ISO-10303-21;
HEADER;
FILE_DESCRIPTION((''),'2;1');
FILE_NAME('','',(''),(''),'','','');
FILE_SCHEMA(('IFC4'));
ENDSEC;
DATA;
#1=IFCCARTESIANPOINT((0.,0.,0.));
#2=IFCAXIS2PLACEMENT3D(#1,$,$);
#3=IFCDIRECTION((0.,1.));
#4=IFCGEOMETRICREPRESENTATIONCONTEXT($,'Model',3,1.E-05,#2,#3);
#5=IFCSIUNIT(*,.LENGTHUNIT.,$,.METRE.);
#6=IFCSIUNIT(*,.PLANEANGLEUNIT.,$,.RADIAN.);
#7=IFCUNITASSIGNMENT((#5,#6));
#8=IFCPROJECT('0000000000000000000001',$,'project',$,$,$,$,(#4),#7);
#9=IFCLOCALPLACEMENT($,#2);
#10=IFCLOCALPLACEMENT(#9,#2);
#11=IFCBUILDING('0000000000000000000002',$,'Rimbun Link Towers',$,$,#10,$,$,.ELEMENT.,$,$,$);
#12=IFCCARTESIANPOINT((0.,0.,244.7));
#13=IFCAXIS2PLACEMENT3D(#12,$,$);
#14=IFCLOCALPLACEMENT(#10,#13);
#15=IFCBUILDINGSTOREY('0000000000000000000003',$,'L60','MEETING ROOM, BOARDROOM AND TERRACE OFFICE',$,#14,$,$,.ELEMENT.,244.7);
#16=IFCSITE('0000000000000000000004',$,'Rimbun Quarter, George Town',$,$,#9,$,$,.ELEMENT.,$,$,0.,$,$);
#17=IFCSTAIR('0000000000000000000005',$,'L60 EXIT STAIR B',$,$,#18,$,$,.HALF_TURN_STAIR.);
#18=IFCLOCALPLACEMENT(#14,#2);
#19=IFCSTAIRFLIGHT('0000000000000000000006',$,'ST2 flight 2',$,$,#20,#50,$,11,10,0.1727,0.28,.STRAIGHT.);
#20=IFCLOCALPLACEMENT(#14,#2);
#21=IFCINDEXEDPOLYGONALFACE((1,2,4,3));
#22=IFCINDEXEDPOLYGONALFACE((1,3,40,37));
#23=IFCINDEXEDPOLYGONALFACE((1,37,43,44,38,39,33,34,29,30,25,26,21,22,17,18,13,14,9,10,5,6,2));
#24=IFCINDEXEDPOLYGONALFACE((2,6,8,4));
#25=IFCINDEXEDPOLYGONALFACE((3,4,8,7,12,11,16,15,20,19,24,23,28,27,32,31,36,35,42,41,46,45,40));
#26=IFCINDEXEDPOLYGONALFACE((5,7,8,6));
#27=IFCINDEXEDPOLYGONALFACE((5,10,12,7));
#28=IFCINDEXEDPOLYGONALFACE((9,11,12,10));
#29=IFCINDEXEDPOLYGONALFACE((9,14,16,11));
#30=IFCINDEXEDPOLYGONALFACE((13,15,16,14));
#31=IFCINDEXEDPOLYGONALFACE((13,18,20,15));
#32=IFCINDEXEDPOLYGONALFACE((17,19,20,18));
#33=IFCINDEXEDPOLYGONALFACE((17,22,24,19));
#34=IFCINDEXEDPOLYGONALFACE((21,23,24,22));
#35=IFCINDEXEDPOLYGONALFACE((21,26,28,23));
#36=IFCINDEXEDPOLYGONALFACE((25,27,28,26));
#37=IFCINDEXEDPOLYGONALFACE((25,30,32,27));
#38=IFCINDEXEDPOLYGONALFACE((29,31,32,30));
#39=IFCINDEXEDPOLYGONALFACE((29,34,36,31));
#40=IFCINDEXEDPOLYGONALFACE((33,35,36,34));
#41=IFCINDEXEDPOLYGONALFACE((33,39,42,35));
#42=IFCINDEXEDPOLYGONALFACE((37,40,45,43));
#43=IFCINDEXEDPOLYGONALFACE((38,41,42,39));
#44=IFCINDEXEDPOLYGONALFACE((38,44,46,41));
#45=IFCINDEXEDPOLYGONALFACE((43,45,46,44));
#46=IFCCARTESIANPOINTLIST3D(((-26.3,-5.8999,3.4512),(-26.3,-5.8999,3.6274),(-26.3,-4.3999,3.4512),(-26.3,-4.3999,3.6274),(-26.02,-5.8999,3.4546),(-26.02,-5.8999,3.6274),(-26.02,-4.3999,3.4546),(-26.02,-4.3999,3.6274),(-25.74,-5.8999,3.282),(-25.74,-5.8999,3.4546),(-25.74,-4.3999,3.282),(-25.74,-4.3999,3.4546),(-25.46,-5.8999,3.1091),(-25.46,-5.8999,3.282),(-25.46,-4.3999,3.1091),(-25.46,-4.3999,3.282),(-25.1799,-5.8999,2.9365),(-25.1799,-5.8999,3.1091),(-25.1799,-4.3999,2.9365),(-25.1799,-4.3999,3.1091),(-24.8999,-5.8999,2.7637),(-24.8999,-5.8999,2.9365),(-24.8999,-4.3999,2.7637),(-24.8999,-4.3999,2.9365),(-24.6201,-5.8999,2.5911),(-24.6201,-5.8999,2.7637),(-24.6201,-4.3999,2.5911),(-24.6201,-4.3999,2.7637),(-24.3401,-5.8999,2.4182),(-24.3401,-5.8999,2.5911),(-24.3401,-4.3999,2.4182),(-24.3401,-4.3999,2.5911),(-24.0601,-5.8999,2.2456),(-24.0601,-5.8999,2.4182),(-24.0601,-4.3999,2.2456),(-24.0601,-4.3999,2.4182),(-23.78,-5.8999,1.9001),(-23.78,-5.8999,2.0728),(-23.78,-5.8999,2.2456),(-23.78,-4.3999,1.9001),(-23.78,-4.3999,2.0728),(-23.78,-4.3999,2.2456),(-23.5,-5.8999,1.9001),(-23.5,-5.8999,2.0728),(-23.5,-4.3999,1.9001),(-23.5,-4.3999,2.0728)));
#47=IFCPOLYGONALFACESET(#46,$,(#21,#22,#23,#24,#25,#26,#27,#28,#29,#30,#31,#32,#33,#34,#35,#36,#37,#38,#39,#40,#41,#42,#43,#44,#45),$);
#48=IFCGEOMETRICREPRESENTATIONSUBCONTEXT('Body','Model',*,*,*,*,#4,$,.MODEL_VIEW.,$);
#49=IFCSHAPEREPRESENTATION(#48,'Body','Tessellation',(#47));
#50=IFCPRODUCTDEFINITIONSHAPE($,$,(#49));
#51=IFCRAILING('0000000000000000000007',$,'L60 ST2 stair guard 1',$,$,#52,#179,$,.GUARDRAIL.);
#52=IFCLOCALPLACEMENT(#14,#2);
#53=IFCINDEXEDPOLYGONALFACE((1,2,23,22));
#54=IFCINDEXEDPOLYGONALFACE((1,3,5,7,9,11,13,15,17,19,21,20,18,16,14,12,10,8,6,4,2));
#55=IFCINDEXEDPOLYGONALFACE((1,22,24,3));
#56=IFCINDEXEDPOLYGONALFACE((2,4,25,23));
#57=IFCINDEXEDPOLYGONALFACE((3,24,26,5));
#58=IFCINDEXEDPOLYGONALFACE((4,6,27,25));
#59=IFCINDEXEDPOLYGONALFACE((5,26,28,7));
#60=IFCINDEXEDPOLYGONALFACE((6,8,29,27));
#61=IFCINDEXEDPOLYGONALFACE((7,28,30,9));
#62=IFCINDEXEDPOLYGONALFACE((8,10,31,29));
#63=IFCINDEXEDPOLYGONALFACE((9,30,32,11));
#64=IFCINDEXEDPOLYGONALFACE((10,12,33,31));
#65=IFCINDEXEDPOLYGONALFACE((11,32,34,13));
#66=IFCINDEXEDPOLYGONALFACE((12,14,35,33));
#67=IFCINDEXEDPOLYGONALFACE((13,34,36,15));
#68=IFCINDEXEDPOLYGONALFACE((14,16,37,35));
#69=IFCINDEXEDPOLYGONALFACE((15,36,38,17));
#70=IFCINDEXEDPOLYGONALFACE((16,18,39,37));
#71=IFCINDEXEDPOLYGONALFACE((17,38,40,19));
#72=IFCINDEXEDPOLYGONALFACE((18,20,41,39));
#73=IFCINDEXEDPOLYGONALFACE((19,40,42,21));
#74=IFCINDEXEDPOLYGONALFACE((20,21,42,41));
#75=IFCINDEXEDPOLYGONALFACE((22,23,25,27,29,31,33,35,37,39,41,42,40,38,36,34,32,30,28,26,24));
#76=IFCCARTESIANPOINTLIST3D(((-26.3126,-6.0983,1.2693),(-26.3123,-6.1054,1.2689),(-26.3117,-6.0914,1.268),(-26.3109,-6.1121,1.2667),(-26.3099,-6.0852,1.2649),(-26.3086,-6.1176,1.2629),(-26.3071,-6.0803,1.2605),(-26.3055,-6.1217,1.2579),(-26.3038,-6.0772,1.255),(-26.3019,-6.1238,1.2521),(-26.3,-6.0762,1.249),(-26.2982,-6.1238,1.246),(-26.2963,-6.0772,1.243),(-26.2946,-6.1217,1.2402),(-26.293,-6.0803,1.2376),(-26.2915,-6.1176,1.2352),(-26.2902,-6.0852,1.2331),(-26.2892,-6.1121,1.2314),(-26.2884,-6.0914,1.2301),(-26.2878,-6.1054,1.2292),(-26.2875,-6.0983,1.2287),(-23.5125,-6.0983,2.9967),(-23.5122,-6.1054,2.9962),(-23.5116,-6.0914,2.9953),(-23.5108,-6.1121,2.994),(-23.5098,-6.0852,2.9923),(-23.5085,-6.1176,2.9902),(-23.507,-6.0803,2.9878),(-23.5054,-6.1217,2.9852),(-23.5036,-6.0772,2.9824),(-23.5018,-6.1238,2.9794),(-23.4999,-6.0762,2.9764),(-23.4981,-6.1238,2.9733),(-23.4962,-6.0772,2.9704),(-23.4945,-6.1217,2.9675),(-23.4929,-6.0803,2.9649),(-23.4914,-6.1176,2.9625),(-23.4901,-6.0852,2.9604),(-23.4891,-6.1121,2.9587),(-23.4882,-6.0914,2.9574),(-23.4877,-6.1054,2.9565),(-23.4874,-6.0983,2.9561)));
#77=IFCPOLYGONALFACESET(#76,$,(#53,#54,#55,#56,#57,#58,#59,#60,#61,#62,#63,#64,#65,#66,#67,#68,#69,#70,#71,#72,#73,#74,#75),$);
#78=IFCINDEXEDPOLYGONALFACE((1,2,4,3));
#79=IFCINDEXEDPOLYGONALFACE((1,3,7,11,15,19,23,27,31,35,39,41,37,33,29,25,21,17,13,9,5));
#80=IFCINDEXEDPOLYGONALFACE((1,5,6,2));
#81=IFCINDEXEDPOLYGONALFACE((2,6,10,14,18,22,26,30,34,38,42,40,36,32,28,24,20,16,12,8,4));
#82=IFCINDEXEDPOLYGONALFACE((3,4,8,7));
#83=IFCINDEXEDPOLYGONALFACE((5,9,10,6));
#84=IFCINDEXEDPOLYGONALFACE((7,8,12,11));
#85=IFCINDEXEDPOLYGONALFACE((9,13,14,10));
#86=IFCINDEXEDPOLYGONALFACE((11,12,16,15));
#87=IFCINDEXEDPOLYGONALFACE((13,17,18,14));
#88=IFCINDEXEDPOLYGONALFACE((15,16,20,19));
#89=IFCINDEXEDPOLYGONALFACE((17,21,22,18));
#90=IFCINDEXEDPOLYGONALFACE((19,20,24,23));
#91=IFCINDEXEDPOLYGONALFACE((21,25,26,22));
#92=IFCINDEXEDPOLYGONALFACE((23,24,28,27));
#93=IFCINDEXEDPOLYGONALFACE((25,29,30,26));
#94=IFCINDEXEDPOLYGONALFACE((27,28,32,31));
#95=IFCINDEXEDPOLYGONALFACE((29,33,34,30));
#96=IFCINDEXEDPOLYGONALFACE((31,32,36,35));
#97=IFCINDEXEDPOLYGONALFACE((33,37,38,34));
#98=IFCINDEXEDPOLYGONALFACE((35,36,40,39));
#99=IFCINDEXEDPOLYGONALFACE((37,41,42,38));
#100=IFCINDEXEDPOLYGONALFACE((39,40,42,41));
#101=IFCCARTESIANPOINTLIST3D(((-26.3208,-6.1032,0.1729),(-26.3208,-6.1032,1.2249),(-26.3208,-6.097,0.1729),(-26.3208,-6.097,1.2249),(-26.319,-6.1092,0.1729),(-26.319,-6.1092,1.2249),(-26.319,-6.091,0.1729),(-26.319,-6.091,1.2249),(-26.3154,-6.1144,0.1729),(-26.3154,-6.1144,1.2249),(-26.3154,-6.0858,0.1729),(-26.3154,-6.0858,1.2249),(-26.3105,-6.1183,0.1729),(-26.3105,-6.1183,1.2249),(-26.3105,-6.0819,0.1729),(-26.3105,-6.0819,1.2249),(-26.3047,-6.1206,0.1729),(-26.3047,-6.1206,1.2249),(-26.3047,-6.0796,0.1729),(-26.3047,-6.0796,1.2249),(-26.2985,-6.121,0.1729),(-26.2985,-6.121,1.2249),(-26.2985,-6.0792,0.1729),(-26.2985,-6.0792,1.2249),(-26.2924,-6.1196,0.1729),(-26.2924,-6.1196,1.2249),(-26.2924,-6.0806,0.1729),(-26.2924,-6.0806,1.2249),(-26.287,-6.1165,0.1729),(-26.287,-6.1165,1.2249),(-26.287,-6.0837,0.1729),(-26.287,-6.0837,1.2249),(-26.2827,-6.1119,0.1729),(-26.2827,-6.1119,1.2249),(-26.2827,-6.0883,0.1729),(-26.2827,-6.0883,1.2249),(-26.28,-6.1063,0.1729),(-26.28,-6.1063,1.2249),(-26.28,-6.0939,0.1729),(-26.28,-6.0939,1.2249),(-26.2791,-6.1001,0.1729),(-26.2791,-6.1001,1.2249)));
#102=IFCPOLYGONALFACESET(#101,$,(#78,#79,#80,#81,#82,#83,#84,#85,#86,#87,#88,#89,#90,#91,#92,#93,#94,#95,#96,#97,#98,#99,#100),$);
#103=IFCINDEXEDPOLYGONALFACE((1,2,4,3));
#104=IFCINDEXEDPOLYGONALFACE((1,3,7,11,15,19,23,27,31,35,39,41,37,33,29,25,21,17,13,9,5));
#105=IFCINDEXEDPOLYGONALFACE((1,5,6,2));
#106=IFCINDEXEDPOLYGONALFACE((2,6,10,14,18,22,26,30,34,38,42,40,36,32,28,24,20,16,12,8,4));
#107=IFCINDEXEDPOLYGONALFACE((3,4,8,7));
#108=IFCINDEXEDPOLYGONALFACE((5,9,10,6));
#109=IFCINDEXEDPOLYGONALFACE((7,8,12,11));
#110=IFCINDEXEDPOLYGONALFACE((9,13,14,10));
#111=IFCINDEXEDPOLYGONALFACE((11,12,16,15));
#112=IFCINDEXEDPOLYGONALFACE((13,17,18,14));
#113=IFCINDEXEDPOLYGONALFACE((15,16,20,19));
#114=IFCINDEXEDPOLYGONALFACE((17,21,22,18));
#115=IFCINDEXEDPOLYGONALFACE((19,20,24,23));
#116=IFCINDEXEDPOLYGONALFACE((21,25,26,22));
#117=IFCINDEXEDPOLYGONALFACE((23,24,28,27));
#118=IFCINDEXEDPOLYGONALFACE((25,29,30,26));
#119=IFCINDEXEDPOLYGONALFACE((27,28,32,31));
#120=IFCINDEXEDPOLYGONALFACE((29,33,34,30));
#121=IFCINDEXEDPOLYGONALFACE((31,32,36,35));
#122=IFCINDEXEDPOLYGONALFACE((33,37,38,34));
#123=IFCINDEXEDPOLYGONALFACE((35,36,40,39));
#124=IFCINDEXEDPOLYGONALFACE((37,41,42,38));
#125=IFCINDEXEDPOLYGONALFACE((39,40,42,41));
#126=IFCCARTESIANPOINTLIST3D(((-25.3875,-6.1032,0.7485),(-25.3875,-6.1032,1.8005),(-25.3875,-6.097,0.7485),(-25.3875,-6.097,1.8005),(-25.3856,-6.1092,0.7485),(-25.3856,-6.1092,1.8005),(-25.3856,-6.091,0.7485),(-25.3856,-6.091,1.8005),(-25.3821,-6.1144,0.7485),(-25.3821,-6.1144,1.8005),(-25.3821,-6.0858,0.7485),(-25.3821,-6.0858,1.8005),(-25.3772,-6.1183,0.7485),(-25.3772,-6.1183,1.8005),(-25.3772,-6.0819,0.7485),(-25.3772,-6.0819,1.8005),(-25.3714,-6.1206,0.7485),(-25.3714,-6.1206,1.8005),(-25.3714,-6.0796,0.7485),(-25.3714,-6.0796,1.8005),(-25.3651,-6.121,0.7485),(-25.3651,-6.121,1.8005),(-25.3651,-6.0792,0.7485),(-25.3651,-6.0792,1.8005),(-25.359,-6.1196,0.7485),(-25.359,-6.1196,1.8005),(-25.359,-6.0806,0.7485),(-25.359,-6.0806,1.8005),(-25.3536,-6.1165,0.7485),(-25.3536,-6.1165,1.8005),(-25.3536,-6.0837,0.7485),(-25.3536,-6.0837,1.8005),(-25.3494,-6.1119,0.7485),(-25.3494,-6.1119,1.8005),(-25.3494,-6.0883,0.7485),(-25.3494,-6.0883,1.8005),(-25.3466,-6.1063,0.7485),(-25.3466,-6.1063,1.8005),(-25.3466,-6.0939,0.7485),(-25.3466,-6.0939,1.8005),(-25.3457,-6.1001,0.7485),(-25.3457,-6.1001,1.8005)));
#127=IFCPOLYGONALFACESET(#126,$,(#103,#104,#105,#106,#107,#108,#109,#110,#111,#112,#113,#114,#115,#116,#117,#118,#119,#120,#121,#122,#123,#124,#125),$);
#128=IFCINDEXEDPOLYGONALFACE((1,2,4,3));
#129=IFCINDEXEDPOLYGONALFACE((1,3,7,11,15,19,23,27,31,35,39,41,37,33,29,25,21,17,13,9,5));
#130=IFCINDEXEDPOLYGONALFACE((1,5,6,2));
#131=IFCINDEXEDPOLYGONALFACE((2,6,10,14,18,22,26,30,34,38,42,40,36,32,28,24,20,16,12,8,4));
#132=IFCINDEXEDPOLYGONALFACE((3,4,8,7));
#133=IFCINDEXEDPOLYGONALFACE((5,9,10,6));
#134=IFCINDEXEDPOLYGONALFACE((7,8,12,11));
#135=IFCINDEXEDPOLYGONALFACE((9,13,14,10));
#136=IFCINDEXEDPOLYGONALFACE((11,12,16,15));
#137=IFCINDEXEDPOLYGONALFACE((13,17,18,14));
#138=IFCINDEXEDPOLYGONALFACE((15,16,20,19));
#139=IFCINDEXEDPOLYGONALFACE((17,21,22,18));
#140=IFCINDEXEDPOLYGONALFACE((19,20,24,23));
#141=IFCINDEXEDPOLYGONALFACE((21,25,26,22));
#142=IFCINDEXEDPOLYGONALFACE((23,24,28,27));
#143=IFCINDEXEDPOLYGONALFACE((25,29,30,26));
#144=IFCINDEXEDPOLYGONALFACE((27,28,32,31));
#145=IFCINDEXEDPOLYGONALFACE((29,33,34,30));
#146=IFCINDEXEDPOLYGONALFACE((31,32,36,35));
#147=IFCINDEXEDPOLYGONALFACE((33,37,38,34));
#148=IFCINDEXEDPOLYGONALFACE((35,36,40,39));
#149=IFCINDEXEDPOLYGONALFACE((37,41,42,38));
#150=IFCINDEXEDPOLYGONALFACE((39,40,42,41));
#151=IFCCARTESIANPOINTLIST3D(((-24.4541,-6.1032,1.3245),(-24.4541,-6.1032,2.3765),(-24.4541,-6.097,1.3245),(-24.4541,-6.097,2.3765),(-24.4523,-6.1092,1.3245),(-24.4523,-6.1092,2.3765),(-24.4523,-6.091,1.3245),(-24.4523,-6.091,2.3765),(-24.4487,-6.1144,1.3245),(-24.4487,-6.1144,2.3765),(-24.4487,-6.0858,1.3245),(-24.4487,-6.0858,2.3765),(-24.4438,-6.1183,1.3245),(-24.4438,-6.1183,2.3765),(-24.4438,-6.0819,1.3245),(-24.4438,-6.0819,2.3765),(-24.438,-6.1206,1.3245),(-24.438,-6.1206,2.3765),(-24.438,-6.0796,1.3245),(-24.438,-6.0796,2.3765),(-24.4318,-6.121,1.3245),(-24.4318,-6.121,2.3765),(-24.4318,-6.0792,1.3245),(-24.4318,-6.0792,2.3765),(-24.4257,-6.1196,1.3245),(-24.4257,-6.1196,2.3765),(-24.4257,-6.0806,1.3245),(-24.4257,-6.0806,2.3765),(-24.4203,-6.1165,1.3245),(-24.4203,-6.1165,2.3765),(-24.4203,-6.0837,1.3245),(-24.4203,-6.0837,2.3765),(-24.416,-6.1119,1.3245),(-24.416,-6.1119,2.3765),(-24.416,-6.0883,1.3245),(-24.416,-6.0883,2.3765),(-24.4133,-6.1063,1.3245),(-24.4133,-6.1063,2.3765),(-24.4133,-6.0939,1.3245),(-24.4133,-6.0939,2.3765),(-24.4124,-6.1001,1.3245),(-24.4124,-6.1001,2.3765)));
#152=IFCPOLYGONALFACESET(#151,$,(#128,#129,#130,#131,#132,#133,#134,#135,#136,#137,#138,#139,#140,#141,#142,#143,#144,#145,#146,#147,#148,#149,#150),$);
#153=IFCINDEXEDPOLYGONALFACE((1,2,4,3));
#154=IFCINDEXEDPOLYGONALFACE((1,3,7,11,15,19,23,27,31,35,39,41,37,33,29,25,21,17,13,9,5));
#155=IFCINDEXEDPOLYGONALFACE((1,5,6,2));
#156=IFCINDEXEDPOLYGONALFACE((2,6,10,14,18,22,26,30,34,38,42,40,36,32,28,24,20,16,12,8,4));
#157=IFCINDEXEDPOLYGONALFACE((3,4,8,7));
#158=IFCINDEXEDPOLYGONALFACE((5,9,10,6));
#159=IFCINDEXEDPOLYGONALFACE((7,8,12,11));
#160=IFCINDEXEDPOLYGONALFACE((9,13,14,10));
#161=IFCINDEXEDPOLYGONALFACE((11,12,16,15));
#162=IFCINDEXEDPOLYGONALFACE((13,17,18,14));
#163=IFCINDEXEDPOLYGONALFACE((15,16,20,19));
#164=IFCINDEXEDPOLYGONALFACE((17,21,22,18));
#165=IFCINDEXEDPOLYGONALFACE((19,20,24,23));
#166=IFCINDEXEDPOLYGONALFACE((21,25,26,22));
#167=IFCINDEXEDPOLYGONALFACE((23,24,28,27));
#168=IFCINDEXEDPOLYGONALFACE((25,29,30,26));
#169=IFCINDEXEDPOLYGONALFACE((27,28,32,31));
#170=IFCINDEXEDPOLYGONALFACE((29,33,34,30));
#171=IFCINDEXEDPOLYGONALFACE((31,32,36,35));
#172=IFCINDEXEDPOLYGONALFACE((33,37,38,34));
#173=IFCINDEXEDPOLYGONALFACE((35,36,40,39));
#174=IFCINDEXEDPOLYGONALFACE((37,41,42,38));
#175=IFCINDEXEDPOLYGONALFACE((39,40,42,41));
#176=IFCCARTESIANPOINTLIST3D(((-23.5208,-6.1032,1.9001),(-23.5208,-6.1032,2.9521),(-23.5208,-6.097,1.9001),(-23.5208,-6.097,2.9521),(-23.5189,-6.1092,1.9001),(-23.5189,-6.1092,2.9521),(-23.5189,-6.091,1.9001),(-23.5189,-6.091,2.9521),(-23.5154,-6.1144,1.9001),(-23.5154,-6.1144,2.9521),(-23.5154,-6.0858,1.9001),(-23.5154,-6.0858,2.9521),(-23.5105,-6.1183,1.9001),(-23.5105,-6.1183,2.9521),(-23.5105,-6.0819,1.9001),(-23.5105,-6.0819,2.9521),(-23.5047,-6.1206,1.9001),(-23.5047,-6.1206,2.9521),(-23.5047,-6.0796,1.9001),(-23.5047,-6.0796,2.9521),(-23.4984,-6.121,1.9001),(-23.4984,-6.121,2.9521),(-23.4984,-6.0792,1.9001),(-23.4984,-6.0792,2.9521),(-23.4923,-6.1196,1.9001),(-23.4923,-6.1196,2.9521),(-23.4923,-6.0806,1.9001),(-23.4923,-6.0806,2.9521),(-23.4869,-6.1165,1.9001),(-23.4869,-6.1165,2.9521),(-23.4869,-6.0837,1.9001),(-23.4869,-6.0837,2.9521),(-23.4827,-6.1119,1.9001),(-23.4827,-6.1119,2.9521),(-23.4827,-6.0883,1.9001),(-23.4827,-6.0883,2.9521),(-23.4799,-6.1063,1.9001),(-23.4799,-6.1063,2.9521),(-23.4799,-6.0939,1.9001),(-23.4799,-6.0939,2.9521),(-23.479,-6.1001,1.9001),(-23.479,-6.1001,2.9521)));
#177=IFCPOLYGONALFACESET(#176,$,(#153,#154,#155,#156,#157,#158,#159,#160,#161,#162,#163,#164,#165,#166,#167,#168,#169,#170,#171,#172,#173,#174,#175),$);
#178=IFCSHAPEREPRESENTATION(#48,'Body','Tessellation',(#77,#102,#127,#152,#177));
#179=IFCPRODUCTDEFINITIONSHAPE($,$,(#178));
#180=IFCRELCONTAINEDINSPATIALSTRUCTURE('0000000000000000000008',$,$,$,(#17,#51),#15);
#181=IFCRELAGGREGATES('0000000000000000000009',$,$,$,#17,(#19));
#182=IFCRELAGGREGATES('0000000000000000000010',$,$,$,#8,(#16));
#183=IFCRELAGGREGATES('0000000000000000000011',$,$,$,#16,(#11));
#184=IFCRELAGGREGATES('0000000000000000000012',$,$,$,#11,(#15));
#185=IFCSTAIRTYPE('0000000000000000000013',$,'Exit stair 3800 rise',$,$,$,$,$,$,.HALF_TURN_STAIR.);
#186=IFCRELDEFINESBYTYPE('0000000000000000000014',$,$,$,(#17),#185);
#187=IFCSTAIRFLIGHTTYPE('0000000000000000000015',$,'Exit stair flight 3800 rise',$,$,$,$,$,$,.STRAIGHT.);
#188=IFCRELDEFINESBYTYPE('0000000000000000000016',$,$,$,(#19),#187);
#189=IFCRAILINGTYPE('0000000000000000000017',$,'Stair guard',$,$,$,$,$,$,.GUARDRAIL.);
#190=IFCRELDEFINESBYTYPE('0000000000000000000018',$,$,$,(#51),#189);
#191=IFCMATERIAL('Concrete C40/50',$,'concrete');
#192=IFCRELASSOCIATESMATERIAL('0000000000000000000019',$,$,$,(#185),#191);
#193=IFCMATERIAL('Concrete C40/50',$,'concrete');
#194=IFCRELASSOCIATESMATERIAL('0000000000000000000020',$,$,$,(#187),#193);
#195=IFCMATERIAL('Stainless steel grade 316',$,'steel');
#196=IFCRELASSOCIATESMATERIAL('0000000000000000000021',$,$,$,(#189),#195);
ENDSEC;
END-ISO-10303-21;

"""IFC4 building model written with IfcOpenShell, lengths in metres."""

from ifc_helpers import new_model, si_unit, direction, frame, origin, origin_2d, place, context, subcontext, project, spatial, polyline, circle, outline, extrude, material, type_object, element, aggregate, save


model = new_model("IFC4")

# Units and contexts
model_context = context("Model", 3, precision=1e-05, world=origin(), true_north=direction((0.0, 1.0)))
body_context = subcontext(model_context, "Body", "Model", "MODEL_VIEW")
ifc_project = project(units=[si_unit("LENGTHUNIT", "METRE"), si_unit("PLANEANGLEUNIT", "RADIAN")], contexts=[model_context])

# Site, building, storey
site_placement = place(None, origin())
site = spatial("IfcSite", under=ifc_project, at=site_placement, Name="Rimbun Quarter, George Town", CompositionType="ELEMENT", RefElevation=0.0)
building_placement = place(site_placement, origin())
building = spatial("IfcBuilding", under=site, at=building_placement, Name="Rimbun Link Towers", CompositionType="ELEMENT")
storey_placement = place(building_placement, frame((0.0, 0.0, 244.7)))
storey = spatial("IfcBuildingStorey", under=building, at=storey_placement, Name="L60", Description="MEETING ROOM, BOARDROOM AND TERRACE OFFICE", CompositionType="ELEMENT", Elevation=244.7)

# Stair, stair flight
ifc_material_1 = material(Name="Concrete C40/50", Category="concrete")
stair_type = type_object("IfcStairType", Name="Exit stair 3800 rise", PredefinedType="HALF_TURN_STAIR", material=ifc_material_1)
stair_placement = place(storey_placement, origin())
stair = element("IfcStair", 1, at=stair_placement, inside=storey, type_object=stair_type, Name="L60 EXIT STAIR B", PredefinedType="HALF_TURN_STAIR")
ifc_material_2 = material(Name="Concrete C40/50", Category="concrete")
stair_flight_type = type_object("IfcStairFlightType", Name="Exit stair flight 3800 rise", PredefinedType="STRAIGHT", material=ifc_material_2)
stair_flight_1_placement = place(storey_placement, frame((-23.5, -5.1499, 1.9001), z_axis=(0.0, 0.0, 1.0), x_axis=(-1.0, 0.0, 0.0)))
stair_flight_1 = element("IfcStairFlight", 2, at=stair_flight_1_placement, type_object=stair_flight_type, Name="ST2 flight 2", NumberOfRisers=11, NumberOfTreads=10, PredefinedType="STRAIGHT", RiserHeight=0.1727, TreadLength=0.28, context=body_context, shape_type="SweptSolid", body=[
    extrude(outline(polyline([(0.0, 0.0), (0.0, 0.1726), (0.28, 0.1726), (0.28, 0.3455), (0.5601, 0.3455), (0.5601, 0.5181), (0.8401, 0.5181), (0.8401, 0.6909), (1.1201, 0.6909), (1.1201, 0.8635), (1.3999, 0.8635), (1.3999, 1.0364), (1.6799, 1.0364), (1.6799, 1.209), (1.96, 1.209), (1.96, 1.3818), (2.24, 1.3818), (2.24, 1.5544), (2.52, 1.5544), (2.52, 1.7273), (2.8, 1.7273), (2.8, 1.8999), (2.8, 1.551), (0.28, 0.0), (0.0, 0.0)])), frame((0.0, 0.75, 0.0), z_axis=(0.0, -1.0, 0.0), x_axis=(1.0, 0.0, 0.0)), (0.0, 0.0, 1.0), 1.5),
])
aggregate(stair, [stair_flight_1])

# Railing
ifc_material_3 = material(Name="Stainless steel grade 316", Category="steel")
railing_type_1 = type_object("IfcRailingType", Name="Stair guard", PredefinedType="GUARDRAIL", material=ifc_material_3)
railing_1_placement = place(storey_placement, frame((-26.3, -6.1001, 0.1729)))
element("IfcRailing", 3, at=railing_1_placement, inside=storey, type_object=railing_type_1, Name="L60 ST2 stair guard 1", PredefinedType="GUARDRAIL", context=body_context, shape_type="SweptSolid", body=[
    extrude(circle(Radius=0.0239, at=origin_2d()), frame((0.0, 0.0, 1.0762), z_axis=(0.85109, 0.0, 0.52502), x_axis=(0.0, 1.0, 0.0)), (0.0, 0.0, 1.0), 3.29),
    extrude(circle(Radius=0.021, at=origin_2d()), origin(), (0.0, 0.0, 1.0), 1.052),
    extrude(circle(Radius=0.021, at=origin_2d()), frame((0.9333, 0.0, 0.5757)), (0.0, 0.0, 1.0), 1.052),
    extrude(circle(Radius=0.021, at=origin_2d()), frame((1.8667, 0.0, 1.1516)), (0.0, 0.0, 1.0), 1.052),
    extrude(circle(Radius=0.021, at=origin_2d()), frame((2.8, 0.0, 1.7273)), (0.0, 0.0, 1.0), 1.052),
])

save(model, "model.ifc")
